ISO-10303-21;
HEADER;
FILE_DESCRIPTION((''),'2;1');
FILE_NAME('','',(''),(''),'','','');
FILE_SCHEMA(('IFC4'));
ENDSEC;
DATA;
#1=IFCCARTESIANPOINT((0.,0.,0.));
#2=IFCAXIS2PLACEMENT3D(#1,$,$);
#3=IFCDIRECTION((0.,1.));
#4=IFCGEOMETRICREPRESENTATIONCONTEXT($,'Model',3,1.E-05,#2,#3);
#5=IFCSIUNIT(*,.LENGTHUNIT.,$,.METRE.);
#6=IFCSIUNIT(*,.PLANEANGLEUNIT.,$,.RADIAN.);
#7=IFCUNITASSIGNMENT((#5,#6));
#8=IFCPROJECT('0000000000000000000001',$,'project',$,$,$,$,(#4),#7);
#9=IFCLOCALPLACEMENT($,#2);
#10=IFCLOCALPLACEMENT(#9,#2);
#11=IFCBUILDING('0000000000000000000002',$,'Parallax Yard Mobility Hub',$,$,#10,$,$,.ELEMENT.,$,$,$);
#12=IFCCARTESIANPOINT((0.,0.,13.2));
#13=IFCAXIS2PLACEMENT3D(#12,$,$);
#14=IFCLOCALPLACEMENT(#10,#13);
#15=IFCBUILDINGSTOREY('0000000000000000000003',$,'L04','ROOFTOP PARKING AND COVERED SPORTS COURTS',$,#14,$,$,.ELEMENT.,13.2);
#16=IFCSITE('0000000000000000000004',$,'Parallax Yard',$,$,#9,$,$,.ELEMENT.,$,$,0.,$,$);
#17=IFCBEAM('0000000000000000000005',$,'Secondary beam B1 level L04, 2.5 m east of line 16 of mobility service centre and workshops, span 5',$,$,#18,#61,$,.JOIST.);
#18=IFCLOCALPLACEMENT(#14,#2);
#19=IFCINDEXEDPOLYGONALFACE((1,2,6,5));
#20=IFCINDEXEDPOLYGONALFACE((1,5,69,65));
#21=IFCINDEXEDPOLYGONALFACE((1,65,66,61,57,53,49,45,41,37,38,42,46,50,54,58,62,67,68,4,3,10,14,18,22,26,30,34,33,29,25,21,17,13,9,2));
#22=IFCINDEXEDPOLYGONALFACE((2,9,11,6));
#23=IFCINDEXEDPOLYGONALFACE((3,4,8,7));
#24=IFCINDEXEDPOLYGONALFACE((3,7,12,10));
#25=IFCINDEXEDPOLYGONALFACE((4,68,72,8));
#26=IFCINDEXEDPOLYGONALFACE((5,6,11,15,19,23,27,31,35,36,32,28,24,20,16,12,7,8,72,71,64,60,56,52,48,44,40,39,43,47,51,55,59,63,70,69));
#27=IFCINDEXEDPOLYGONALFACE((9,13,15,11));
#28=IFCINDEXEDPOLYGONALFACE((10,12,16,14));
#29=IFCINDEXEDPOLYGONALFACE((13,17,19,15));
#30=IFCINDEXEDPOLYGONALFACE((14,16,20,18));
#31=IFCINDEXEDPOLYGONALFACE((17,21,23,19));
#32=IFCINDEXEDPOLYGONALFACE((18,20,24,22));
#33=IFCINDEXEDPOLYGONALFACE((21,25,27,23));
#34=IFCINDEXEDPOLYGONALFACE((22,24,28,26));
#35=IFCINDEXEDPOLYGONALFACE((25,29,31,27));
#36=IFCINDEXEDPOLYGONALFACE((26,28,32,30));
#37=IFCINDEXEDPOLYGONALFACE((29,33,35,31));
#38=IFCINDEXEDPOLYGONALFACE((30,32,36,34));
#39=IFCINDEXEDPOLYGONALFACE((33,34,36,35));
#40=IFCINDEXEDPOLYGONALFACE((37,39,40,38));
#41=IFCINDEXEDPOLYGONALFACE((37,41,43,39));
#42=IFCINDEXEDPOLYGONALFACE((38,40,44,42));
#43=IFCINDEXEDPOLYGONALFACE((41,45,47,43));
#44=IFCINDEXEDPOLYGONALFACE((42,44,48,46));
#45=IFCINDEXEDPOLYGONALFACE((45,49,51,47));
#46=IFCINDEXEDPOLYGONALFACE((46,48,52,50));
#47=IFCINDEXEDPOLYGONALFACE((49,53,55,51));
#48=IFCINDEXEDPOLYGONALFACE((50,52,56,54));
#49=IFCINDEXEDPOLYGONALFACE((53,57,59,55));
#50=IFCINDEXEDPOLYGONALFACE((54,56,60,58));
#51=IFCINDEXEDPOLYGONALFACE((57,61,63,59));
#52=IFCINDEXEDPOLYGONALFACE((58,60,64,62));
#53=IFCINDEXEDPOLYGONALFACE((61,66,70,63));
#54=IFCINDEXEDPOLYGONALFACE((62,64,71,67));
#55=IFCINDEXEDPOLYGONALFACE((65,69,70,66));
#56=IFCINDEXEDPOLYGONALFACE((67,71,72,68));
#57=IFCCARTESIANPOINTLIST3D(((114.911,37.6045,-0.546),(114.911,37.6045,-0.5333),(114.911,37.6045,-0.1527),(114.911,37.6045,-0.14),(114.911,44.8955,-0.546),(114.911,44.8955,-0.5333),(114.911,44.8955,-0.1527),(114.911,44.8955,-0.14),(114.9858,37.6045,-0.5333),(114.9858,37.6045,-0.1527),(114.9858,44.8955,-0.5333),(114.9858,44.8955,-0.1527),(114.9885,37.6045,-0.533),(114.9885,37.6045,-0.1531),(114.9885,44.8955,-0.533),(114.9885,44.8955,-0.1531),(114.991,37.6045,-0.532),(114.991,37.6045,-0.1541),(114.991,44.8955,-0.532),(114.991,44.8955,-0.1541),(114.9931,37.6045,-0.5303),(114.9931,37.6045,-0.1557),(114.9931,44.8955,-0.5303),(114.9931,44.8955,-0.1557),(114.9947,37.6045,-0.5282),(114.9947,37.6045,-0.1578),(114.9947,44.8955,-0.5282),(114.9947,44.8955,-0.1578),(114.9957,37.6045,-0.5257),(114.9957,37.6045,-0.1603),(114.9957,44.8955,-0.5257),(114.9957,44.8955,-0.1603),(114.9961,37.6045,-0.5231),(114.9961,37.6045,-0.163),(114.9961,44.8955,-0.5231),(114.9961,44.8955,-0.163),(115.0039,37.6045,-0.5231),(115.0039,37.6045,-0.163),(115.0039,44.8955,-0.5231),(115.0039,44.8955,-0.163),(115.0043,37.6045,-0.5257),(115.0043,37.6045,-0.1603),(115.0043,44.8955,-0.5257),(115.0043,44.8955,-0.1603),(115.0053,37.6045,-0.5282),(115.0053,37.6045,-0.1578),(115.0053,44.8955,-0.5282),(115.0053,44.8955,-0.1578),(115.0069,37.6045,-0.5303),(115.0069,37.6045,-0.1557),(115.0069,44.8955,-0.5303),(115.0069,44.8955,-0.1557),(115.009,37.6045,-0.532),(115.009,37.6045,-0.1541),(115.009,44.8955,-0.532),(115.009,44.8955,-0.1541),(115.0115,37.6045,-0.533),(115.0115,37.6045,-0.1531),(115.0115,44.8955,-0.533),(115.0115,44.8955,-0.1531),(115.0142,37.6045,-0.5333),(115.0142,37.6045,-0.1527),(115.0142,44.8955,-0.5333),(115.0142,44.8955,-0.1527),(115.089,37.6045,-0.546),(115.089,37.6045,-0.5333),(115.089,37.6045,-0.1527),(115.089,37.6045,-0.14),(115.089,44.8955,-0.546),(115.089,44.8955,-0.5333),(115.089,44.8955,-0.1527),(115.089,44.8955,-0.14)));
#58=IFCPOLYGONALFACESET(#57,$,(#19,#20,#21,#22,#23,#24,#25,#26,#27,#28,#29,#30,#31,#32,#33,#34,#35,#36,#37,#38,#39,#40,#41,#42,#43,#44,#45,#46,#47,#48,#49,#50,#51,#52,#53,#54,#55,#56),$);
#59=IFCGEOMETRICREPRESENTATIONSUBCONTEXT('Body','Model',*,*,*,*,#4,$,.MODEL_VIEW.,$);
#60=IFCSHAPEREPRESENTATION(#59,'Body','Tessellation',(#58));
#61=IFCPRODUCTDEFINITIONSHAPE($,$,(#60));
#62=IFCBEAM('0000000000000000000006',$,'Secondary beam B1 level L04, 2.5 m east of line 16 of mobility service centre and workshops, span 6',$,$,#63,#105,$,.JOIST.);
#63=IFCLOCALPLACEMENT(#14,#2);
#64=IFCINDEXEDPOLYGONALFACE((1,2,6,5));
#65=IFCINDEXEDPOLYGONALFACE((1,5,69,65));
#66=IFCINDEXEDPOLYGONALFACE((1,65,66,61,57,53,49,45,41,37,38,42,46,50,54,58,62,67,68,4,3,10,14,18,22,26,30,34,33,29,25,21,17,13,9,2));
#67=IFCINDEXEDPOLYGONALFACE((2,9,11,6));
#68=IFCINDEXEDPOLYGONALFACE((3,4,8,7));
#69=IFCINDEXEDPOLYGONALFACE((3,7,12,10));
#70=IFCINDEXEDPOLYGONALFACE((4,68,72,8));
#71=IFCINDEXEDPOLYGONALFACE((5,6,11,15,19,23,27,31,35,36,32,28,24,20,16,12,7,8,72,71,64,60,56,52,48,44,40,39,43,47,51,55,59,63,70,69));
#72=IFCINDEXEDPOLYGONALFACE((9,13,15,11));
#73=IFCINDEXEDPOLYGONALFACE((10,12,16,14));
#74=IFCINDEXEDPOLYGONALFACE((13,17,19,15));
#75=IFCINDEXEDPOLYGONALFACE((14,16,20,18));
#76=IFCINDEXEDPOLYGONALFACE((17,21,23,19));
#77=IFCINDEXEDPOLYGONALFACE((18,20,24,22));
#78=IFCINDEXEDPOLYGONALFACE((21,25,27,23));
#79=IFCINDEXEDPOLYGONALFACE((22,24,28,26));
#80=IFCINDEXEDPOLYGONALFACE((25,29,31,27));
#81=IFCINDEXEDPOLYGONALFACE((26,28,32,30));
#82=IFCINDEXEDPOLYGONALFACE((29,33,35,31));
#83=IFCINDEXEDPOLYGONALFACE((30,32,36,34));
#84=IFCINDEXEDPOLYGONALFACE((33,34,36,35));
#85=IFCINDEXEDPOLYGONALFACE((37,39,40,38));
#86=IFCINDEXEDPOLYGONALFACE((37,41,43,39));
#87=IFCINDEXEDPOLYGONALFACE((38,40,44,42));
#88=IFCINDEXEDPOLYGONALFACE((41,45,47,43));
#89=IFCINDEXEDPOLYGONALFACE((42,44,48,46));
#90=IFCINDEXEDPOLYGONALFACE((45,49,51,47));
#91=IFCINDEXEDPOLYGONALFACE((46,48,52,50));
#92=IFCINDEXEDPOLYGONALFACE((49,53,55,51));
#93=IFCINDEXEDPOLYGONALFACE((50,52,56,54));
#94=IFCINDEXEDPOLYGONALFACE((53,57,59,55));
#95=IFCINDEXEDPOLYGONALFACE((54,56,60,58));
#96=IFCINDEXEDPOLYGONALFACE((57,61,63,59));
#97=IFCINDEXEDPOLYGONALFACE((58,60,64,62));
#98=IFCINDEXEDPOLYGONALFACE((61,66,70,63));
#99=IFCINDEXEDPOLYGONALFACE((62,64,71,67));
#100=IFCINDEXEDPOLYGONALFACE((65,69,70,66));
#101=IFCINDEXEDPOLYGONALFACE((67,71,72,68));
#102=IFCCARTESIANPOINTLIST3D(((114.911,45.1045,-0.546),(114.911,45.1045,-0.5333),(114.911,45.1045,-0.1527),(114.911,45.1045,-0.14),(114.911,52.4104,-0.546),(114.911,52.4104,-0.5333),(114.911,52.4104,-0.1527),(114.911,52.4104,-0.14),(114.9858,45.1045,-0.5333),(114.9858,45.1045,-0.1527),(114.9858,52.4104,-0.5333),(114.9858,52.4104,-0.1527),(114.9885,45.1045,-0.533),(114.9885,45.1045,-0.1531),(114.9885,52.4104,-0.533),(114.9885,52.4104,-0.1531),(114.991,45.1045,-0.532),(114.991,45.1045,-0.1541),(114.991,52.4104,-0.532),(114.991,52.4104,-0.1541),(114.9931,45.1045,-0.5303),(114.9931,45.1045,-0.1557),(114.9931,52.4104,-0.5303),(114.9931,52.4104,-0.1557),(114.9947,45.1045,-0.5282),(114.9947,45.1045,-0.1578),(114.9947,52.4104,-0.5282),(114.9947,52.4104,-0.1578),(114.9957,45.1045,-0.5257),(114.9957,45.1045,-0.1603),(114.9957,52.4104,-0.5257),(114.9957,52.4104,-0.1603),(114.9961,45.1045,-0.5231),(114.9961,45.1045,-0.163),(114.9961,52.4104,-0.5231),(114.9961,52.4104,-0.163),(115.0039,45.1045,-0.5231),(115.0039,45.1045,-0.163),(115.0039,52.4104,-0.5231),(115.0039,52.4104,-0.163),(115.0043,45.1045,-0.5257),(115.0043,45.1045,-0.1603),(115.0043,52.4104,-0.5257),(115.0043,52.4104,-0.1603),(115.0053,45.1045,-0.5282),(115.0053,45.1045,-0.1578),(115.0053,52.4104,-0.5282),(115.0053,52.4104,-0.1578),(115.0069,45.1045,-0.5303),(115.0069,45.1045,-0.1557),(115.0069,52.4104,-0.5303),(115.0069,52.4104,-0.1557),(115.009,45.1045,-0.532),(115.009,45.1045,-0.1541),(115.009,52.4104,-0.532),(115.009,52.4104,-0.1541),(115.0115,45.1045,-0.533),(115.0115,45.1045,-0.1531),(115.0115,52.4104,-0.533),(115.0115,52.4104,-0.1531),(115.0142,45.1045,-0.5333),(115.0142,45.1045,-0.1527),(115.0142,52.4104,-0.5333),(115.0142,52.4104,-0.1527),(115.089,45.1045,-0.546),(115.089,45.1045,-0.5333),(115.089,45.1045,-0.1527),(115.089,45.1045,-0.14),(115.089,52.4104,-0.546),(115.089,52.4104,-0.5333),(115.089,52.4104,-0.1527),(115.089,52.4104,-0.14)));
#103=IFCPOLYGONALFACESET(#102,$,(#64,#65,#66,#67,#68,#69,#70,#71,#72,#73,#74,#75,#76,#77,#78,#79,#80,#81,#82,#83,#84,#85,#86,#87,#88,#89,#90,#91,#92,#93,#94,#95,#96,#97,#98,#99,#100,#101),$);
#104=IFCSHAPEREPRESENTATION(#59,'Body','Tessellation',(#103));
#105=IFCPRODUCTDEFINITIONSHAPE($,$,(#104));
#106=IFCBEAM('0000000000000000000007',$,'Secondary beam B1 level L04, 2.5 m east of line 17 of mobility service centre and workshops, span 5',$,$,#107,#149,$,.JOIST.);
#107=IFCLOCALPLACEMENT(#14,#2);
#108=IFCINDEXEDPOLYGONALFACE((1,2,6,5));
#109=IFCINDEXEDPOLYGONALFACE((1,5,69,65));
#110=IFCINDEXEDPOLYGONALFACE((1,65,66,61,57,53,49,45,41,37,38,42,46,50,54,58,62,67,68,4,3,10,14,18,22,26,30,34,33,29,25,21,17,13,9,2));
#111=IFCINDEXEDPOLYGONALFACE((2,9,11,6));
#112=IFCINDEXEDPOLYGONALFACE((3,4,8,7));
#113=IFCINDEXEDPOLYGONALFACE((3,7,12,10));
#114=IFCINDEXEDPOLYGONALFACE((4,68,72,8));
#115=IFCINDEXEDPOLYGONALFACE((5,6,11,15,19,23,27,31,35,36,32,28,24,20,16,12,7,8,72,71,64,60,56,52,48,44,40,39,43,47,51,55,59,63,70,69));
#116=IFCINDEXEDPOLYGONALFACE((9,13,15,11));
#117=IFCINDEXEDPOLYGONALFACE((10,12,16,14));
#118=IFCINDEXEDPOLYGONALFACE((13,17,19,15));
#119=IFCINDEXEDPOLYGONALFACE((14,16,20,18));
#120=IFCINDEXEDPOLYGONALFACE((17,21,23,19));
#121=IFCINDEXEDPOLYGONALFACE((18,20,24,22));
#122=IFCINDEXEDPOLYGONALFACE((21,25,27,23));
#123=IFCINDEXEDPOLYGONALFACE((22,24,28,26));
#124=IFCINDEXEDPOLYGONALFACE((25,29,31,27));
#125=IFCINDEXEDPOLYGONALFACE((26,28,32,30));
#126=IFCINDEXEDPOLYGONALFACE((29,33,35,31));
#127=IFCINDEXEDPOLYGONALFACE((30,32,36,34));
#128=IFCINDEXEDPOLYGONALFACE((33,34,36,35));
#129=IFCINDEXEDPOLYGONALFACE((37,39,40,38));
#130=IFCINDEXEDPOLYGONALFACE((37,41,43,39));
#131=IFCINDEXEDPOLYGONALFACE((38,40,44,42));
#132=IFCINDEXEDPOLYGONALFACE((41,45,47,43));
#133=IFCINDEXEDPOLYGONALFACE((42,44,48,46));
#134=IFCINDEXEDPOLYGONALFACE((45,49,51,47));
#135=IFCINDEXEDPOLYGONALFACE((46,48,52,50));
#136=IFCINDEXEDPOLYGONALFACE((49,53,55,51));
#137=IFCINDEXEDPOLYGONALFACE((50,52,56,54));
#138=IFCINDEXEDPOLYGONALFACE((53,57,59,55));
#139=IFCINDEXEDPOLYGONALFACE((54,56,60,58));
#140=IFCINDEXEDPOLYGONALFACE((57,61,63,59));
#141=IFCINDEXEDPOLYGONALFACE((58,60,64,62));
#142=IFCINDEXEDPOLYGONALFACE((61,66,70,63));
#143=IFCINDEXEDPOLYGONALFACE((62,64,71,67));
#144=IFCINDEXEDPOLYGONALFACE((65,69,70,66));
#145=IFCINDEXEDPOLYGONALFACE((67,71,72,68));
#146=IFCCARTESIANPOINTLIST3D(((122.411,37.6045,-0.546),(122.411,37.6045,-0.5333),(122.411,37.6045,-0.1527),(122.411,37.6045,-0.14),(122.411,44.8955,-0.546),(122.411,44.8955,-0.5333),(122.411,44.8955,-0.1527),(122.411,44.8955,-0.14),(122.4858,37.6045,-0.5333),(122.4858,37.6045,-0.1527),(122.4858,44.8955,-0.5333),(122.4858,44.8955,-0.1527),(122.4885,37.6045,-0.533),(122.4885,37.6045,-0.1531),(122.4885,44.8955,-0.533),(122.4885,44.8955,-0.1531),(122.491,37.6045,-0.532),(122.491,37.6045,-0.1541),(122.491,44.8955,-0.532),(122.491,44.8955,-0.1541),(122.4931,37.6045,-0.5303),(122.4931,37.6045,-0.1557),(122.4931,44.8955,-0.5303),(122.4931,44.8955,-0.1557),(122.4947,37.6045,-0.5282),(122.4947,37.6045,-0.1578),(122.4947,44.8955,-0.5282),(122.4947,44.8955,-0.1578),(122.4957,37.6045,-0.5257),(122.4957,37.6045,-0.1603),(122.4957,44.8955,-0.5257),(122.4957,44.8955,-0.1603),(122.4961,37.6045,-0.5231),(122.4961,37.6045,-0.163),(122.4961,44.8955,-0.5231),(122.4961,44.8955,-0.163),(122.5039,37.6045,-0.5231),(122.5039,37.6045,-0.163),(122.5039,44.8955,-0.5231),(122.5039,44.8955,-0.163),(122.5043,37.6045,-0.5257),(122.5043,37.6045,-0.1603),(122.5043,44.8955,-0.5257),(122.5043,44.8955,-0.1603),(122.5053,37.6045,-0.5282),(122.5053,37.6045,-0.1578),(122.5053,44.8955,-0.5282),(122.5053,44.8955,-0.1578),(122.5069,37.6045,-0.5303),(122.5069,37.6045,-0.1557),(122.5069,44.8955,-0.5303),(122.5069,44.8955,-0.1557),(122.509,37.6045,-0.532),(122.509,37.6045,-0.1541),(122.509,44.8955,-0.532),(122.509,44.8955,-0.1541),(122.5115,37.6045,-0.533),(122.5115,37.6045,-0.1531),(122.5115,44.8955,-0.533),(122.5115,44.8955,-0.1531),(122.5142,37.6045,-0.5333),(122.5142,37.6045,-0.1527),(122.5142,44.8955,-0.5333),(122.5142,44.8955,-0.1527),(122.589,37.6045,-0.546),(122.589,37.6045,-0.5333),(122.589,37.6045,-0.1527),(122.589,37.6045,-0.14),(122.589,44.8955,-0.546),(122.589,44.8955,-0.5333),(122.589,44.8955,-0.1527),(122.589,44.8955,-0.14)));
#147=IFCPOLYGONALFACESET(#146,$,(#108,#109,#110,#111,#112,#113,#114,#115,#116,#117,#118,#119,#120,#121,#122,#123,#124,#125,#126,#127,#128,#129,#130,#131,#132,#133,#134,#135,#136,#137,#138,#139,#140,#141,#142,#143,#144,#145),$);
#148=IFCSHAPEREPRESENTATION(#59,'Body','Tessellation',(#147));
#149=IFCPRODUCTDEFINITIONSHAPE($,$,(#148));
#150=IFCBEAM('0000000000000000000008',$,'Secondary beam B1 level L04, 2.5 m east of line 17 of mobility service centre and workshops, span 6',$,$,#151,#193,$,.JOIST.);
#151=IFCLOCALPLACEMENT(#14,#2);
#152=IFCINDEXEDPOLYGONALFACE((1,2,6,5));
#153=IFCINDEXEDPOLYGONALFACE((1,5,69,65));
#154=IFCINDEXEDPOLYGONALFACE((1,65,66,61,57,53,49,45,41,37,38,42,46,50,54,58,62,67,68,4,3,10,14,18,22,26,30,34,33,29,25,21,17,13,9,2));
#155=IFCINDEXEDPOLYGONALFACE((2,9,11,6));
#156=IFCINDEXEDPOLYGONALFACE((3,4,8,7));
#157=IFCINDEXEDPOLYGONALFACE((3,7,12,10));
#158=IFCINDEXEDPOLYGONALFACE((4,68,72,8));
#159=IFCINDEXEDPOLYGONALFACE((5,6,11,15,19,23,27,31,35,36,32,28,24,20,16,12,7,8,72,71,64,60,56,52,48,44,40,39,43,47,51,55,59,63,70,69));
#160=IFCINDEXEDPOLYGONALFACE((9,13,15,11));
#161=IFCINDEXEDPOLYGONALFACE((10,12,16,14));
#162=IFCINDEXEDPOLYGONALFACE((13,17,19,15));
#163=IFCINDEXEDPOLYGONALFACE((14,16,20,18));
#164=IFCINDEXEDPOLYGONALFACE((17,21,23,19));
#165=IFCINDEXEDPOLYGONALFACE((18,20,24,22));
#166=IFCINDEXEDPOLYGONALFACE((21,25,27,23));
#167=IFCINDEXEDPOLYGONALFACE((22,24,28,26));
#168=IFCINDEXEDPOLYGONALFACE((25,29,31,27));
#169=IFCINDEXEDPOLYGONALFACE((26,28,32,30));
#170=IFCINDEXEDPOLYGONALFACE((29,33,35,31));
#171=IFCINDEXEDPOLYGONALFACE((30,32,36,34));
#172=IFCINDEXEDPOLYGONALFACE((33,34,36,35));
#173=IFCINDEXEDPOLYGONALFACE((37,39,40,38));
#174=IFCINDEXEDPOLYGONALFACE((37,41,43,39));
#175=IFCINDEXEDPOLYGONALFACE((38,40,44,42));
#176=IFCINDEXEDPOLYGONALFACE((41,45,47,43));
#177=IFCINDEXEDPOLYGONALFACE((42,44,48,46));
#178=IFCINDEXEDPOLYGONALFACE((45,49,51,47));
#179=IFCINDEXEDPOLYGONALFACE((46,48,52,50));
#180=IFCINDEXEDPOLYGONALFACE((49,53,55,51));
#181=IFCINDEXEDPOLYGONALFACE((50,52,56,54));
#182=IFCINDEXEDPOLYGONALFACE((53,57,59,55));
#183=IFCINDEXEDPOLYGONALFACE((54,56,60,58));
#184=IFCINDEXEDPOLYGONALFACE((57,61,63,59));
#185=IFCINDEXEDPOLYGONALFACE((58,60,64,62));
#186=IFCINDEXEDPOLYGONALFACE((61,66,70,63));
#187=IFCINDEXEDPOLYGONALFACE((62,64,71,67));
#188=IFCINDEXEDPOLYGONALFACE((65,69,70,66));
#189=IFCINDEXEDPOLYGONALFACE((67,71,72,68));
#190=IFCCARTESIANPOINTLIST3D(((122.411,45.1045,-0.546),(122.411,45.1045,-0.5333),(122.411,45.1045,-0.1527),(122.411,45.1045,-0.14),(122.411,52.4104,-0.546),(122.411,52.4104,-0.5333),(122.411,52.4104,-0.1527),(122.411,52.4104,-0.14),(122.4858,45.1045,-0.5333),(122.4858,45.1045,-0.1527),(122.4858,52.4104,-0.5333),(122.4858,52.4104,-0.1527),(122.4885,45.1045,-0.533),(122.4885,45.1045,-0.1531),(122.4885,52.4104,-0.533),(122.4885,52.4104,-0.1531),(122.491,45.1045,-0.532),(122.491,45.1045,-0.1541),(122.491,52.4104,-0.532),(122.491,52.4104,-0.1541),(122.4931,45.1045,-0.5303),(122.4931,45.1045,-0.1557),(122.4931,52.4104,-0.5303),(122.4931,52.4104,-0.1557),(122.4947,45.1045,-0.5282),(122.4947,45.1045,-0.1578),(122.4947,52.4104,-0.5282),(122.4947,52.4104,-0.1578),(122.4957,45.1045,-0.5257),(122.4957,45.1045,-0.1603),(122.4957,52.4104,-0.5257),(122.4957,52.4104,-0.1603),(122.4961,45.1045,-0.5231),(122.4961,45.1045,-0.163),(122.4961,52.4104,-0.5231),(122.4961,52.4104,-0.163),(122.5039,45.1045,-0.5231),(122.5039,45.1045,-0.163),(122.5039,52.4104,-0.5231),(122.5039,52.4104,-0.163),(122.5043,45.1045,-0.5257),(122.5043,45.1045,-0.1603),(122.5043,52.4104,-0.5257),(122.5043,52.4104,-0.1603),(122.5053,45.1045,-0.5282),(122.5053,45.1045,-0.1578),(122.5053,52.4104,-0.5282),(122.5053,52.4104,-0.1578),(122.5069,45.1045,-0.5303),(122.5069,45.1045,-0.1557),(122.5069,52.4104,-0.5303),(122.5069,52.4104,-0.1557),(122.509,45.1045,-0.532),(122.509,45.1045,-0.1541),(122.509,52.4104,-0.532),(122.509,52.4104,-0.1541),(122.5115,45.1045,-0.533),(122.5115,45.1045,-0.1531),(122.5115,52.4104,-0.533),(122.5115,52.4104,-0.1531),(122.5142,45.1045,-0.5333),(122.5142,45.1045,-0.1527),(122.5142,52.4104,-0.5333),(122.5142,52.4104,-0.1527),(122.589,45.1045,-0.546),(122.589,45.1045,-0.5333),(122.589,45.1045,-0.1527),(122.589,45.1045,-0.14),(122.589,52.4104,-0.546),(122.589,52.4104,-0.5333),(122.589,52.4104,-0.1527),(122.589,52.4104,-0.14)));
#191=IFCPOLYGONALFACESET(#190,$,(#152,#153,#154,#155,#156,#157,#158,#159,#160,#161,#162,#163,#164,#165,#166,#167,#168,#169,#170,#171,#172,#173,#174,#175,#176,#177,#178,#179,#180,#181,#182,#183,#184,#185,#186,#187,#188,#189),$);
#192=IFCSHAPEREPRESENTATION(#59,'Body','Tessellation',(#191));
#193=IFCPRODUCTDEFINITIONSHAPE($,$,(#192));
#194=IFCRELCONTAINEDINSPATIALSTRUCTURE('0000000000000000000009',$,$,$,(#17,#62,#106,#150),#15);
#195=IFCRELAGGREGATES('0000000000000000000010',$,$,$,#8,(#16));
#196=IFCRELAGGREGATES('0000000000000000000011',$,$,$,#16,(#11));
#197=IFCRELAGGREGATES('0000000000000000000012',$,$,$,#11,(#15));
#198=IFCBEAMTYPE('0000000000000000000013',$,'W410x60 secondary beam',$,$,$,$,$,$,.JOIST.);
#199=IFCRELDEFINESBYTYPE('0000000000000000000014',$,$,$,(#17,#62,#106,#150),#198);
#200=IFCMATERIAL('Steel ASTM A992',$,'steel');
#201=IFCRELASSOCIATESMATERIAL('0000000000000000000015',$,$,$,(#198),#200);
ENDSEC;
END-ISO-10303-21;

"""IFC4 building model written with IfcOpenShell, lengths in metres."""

from ifc_helpers import new_model, si_unit, direction, frame, origin, origin_2d, place, context, subcontext, project, spatial, i_section, extrude, material, material_profile, profile_set, type_object, element, save


model = new_model("IFC4")

# Units and contexts
model_context = context("Model", 3, precision=1e-05, world=origin(), true_north=direction((0.0, 1.0)))
body_context = subcontext(model_context, "Body", "Model", "MODEL_VIEW")
ifc_project = project(units=[si_unit("LENGTHUNIT", "METRE"), si_unit("PLANEANGLEUNIT", "RADIAN")], contexts=[model_context])

# Site, building, storey
site_placement = place(None, origin())
site = spatial("IfcSite", under=ifc_project, at=site_placement, Name="Parallax Yard", CompositionType="ELEMENT", RefElevation=0.0)
building_placement = place(site_placement, origin())
building = spatial("IfcBuilding", under=site, at=building_placement, Name="Parallax Yard Mobility Hub", CompositionType="ELEMENT")
storey_placement = place(building_placement, frame((0.0, 0.0, 13.2)))
storey = spatial("IfcBuildingStorey", under=building, at=storey_placement, Name="L04", Description="ROOFTOP PARKING AND COVERED SPORTS COURTS", CompositionType="ELEMENT", Elevation=13.2)

# Shared definitions
ifc_material_1 = material(Name="Steel ASTM A992", Category="steel")

# Beams
ifc_material_profile_1 = material_profile(ifc_material_1, i_section(OverallWidth=0.178, OverallDepth=0.406, WebThickness=0.0078, FlangeThickness=0.0127, FilletRadius=0.0103, at=origin_2d()), Name="W410x60")
ifc_profile_set_1 = profile_set([ifc_material_profile_1], Name="Steel ASTM A992")
beam_type_1 = type_object("IfcBeamType", Name="W410x60 secondary beam", PredefinedType="JOIST", material=ifc_profile_set_1)
beam_1_placement = place(storey_placement, frame((115.0, 37.6045, -0.343), z_axis=(0.0, 1.0, 0.0), x_axis=(-1.0, 0.0, 0.0)))
element("IfcBeam", 1, at=beam_1_placement, inside=storey, type_object=beam_type_1, Name="Secondary beam B1 level L04, 2.5 m east of line 16 of mobility service centre and workshops, span 5", PredefinedType="JOIST", context=body_context, shape_type="SweptSolid", body=[
    extrude(i_section(OverallWidth=0.178, OverallDepth=0.406, WebThickness=0.0078, FlangeThickness=0.0127, FilletRadius=0.0103, at=origin_2d()), origin(), (0.0, 0.0, 1.0), 7.291),
])
beam_2_placement = place(storey_placement, frame((115.0, 45.1045, -0.343), z_axis=(0.0, 1.0, 0.0), x_axis=(-1.0, 0.0, 0.0)))
element("IfcBeam", 2, at=beam_2_placement, inside=storey, type_object=beam_type_1, Name="Secondary beam B1 level L04, 2.5 m east of line 16 of mobility service centre and workshops, span 6", PredefinedType="JOIST", context=body_context, shape_type="SweptSolid", body=[
    extrude(i_section(OverallWidth=0.178, OverallDepth=0.406, WebThickness=0.0078, FlangeThickness=0.0127, FilletRadius=0.0103, at=origin_2d()), origin(), (0.0, 0.0, 1.0), 7.3059),
])
beam_3_placement = place(storey_placement, frame((122.5, 37.6045, -0.343), z_axis=(0.0, 1.0, 0.0), x_axis=(-1.0, 0.0, 0.0)))
element("IfcBeam", 3, at=beam_3_placement, inside=storey, type_object=beam_type_1, Name="Secondary beam B1 level L04, 2.5 m east of line 17 of mobility service centre and workshops, span 5", PredefinedType="JOIST", context=body_context, shape_type="SweptSolid", body=[
    extrude(i_section(OverallWidth=0.178, OverallDepth=0.406, WebThickness=0.0078, FlangeThickness=0.0127, FilletRadius=0.0103, at=origin_2d()), origin(), (0.0, 0.0, 1.0), 7.291),
])
beam_4_placement = place(storey_placement, frame((122.5, 45.1045, -0.343), z_axis=(0.0, 1.0, 0.0), x_axis=(-1.0, 0.0, 0.0)))
element("IfcBeam", 4, at=beam_4_placement, inside=storey, type_object=beam_type_1, Name="Secondary beam B1 level L04, 2.5 m east of line 17 of mobility service centre and workshops, span 6", PredefinedType="JOIST", context=body_context, shape_type="SweptSolid", body=[
    extrude(i_section(OverallWidth=0.178, OverallDepth=0.406, WebThickness=0.0078, FlangeThickness=0.0127, FilletRadius=0.0103, at=origin_2d()), origin(), (0.0, 0.0, 1.0), 7.3059),
])

save(model, "model.ifc")
